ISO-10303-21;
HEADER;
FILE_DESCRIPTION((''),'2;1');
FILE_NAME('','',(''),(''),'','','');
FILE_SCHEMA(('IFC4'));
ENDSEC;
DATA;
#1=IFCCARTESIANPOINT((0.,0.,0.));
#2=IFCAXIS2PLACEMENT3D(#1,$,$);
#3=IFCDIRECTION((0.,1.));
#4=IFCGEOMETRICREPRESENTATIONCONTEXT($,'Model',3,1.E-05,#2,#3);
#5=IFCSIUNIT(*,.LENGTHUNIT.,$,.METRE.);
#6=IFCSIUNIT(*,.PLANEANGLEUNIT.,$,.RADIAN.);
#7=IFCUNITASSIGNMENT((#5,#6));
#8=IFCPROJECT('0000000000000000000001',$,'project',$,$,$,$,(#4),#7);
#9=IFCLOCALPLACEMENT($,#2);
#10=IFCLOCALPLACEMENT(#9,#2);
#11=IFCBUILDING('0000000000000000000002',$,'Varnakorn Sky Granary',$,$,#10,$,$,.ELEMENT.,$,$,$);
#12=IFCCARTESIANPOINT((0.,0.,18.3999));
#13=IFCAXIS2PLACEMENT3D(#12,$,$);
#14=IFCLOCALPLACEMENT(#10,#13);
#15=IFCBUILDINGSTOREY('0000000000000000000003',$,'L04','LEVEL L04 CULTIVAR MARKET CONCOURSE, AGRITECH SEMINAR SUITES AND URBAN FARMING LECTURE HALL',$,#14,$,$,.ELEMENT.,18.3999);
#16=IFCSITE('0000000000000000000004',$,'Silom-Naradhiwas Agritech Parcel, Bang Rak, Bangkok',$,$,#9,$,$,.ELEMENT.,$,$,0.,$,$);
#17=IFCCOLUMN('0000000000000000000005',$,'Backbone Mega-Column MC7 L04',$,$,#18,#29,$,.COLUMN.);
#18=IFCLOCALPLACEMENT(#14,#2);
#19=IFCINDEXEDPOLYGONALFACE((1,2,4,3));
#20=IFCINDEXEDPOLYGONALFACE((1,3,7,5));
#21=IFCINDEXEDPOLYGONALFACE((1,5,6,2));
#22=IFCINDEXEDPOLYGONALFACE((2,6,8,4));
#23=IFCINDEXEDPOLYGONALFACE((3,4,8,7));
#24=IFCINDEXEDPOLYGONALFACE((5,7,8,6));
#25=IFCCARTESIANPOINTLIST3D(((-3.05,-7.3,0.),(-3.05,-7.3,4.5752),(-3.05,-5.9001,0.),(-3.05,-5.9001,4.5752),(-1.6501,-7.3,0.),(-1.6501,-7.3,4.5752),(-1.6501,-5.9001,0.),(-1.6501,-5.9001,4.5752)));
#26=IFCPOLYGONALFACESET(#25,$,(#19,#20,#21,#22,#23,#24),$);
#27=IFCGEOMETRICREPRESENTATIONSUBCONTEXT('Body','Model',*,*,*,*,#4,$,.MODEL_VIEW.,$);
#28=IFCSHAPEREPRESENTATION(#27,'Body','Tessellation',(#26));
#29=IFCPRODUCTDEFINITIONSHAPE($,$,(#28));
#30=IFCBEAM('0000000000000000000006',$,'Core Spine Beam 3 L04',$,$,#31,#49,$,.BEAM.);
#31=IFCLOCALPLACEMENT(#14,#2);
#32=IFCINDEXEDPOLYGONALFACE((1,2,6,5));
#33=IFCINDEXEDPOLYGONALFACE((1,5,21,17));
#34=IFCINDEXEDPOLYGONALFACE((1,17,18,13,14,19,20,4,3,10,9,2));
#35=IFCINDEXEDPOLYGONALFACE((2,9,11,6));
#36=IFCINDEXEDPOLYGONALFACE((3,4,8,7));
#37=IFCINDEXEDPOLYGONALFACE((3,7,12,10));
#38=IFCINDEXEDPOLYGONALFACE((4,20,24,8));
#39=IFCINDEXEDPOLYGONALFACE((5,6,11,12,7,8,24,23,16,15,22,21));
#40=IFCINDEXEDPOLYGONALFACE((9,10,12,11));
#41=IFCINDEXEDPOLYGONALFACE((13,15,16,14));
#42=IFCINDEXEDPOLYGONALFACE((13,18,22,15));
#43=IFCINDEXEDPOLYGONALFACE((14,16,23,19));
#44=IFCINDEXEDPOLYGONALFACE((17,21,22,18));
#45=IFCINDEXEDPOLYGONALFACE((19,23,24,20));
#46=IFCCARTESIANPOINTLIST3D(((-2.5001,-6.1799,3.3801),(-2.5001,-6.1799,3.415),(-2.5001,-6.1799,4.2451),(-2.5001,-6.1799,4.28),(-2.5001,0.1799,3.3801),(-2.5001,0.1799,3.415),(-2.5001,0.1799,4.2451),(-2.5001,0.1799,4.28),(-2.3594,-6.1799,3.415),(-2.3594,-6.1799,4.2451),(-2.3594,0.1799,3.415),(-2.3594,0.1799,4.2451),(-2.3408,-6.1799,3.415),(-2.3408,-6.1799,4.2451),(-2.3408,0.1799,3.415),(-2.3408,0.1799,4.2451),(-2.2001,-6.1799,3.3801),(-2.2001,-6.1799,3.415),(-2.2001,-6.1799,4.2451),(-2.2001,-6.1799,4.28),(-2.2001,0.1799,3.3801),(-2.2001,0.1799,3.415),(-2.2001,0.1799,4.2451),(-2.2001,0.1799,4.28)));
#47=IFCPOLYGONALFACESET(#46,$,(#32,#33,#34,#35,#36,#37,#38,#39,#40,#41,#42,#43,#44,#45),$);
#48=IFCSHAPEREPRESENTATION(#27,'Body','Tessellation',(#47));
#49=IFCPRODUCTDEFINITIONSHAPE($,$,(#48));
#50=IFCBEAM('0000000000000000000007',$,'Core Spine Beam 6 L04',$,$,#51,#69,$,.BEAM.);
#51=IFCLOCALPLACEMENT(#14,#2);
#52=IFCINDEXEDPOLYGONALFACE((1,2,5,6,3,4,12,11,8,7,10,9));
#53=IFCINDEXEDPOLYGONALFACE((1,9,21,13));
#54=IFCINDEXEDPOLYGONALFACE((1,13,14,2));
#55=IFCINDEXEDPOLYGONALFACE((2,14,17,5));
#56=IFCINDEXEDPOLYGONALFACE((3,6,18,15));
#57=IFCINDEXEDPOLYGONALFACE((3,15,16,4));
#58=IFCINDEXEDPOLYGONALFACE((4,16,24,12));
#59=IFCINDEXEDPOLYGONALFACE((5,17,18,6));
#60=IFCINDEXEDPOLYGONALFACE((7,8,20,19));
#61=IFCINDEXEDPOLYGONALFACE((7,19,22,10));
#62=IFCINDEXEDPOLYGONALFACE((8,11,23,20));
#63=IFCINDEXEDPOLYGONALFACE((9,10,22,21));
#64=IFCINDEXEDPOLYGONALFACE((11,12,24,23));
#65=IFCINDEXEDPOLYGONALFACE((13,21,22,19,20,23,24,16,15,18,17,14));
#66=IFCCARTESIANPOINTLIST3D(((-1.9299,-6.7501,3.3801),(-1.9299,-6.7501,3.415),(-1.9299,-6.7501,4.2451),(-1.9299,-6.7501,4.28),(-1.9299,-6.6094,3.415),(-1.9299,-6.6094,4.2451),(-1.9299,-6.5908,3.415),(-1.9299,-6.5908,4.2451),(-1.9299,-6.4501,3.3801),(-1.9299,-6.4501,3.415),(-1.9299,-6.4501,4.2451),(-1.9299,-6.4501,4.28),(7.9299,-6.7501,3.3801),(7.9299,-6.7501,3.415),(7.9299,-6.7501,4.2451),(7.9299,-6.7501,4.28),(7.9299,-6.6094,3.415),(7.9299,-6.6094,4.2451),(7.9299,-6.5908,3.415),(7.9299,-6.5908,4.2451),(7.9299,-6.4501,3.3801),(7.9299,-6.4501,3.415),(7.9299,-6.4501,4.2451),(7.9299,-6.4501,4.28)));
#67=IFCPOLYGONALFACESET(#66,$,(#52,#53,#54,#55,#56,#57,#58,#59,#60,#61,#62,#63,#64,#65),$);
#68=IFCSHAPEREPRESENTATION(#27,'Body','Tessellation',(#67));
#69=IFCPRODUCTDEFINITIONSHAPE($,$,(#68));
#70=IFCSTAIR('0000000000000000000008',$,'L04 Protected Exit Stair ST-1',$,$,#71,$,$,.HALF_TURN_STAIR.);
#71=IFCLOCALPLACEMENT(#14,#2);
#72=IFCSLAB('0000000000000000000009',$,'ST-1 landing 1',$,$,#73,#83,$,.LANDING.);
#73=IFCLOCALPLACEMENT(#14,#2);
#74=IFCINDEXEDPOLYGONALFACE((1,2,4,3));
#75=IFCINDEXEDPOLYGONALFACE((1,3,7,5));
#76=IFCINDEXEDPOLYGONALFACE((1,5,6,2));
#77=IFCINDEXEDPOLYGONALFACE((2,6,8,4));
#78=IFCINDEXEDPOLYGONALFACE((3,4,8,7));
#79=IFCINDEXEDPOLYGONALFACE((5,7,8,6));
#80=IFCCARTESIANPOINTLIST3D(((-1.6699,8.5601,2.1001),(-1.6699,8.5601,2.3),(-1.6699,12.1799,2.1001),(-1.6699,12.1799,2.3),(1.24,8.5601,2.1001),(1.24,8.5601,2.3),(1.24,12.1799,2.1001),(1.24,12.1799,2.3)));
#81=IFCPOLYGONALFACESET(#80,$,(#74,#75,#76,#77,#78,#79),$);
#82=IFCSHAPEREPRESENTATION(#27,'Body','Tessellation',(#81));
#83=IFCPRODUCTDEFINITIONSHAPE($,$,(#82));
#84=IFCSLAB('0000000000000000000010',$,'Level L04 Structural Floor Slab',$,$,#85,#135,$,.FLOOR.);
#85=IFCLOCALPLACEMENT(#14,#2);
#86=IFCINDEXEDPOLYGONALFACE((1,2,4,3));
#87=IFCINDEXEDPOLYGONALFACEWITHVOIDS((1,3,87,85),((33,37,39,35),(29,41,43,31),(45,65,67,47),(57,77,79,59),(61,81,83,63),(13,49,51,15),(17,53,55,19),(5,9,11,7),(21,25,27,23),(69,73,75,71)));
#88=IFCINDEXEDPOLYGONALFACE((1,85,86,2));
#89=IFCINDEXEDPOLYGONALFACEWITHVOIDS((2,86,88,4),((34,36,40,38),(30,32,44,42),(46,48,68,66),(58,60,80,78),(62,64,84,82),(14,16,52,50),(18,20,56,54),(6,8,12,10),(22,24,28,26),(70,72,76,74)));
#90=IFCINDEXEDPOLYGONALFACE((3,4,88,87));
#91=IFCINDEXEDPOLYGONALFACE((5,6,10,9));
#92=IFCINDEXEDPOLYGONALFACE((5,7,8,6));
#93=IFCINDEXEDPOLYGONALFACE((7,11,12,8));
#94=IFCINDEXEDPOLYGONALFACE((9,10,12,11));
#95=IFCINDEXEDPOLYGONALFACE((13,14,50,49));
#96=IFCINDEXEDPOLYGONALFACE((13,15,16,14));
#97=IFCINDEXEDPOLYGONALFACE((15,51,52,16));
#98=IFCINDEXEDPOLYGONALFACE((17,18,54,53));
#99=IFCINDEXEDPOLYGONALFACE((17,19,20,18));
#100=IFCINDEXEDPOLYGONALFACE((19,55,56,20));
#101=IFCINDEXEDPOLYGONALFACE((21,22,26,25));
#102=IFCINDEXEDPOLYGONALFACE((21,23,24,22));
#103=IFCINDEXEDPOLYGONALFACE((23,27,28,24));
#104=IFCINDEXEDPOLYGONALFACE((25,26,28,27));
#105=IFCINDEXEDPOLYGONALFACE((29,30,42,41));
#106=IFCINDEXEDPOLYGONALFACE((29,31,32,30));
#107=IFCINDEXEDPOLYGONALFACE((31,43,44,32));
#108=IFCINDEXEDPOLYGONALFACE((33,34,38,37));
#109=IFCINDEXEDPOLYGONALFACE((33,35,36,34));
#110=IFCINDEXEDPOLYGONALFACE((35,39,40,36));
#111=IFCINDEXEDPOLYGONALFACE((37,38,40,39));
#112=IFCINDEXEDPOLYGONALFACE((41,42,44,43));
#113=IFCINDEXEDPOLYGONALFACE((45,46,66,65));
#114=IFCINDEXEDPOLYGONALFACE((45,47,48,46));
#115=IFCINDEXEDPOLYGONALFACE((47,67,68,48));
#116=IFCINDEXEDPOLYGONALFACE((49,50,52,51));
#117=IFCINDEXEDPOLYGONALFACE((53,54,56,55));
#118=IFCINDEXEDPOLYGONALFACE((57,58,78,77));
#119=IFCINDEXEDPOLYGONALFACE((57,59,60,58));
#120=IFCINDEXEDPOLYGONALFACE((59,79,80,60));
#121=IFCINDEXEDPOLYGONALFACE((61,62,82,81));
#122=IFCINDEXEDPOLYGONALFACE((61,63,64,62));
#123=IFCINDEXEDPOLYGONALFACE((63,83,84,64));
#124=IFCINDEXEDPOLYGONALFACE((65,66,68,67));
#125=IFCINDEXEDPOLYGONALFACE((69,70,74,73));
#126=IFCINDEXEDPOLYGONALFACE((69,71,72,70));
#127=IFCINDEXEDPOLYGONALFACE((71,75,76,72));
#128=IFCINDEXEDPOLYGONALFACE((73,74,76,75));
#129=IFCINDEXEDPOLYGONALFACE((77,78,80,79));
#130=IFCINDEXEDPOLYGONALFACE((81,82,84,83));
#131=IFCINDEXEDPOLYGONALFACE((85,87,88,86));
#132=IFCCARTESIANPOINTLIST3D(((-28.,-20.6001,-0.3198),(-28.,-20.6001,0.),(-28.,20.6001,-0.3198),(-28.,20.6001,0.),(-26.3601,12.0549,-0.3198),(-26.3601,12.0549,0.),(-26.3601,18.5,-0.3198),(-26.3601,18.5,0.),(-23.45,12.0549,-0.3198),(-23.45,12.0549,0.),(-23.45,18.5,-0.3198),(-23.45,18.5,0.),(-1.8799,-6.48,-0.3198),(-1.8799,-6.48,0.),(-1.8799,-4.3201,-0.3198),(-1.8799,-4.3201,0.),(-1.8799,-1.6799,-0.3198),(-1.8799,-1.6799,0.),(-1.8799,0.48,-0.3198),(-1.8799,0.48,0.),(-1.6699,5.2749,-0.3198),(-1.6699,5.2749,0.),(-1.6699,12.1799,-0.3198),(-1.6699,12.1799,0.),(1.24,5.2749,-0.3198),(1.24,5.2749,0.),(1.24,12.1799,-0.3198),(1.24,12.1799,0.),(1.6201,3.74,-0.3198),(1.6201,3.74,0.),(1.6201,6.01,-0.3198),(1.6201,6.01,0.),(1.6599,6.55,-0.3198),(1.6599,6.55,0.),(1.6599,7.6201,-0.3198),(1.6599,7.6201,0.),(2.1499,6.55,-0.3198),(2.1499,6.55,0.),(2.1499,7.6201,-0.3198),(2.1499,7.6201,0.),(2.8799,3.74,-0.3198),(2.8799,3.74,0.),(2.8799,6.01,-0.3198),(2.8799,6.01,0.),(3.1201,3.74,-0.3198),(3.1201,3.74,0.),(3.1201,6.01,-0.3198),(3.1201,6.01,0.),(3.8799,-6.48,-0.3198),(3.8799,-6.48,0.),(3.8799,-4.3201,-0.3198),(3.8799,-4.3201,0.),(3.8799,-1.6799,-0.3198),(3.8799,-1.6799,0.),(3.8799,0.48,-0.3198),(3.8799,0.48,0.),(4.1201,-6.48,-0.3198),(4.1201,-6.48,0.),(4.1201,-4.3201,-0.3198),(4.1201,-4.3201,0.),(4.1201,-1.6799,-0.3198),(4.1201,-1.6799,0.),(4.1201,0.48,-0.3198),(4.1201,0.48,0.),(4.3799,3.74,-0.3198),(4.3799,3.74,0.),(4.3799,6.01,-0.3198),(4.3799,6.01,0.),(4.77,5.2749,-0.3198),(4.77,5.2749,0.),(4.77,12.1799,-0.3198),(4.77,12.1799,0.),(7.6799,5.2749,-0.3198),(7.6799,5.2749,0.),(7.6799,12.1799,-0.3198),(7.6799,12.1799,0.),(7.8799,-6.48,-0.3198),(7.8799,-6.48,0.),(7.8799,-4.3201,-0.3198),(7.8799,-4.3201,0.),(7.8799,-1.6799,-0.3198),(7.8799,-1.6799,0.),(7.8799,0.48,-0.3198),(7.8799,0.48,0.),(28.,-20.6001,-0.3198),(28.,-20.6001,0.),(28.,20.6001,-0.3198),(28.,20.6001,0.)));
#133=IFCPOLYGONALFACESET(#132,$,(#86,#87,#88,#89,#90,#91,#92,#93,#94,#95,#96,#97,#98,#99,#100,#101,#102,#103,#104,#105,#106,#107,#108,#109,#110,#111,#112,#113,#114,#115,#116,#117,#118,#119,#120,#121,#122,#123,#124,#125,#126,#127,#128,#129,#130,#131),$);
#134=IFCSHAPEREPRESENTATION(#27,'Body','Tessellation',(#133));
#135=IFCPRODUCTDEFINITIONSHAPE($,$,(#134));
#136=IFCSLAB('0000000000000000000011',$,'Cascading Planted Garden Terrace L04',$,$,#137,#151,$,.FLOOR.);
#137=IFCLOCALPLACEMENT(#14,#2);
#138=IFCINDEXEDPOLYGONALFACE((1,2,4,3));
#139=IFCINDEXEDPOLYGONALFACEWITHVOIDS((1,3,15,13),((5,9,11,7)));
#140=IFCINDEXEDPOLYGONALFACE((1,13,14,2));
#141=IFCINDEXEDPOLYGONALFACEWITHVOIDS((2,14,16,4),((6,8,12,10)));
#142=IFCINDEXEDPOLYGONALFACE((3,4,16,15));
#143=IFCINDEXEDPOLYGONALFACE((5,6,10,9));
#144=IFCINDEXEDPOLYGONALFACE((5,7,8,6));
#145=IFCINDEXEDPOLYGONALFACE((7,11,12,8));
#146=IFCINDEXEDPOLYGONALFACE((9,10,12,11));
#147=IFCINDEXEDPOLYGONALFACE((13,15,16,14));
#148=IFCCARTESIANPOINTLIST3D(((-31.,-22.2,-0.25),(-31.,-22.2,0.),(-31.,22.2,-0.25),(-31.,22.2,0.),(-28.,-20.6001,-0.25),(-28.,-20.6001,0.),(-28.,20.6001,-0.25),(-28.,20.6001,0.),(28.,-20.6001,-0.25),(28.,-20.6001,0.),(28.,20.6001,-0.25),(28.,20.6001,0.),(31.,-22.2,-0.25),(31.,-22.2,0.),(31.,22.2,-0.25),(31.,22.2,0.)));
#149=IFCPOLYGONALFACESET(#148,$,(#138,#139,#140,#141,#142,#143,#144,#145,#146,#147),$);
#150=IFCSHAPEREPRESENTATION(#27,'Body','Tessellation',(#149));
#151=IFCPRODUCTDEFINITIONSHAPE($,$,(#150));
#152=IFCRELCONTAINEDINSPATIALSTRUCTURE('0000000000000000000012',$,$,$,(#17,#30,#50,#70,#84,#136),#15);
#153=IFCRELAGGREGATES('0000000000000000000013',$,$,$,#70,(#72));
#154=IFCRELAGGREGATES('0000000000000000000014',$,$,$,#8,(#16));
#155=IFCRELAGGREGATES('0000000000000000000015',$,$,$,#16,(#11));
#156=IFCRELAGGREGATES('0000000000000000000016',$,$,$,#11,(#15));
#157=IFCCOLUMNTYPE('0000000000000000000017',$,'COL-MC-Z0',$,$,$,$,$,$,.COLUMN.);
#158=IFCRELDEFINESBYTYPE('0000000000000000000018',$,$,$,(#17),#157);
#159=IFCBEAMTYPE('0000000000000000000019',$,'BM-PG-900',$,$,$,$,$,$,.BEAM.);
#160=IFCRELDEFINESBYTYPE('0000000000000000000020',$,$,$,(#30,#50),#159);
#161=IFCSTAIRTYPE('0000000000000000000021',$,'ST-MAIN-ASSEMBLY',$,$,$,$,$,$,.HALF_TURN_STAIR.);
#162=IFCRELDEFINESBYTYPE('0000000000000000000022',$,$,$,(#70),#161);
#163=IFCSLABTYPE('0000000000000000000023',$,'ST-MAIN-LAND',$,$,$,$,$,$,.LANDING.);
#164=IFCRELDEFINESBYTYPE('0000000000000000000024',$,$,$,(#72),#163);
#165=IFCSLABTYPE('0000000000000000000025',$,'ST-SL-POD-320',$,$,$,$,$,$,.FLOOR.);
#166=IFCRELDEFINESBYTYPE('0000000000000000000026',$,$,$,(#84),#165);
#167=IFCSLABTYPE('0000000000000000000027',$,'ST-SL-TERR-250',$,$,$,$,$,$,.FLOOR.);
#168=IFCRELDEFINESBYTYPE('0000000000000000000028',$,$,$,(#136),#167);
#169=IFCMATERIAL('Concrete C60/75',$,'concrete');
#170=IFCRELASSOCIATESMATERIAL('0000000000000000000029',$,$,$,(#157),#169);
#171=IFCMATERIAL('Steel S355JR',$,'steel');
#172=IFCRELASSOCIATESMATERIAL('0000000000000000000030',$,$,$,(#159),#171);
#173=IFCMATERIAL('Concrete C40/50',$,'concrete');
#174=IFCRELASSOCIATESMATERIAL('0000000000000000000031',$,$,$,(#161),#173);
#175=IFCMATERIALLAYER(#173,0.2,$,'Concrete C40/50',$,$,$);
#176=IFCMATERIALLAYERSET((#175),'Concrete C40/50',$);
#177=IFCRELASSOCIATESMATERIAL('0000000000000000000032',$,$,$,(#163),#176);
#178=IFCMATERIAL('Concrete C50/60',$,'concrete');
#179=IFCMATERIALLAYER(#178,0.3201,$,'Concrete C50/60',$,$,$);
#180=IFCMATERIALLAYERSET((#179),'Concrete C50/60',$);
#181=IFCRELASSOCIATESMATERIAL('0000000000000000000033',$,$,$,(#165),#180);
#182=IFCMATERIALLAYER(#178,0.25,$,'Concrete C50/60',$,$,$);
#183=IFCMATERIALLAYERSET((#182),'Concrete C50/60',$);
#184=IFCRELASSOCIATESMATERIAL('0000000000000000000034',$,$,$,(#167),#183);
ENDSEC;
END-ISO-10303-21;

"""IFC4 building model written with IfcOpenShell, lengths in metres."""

from ifc_helpers import new_model, si_unit, direction, frame, origin, origin_2d, place, context, subcontext, project, spatial, polyline, rectangle, i_section, outline, extrude, material, layer, layer_set, material_profile, profile_set, type_object, element, aggregate, save


model = new_model("IFC4")

# Units and contexts
model_context = context("Model", 3, precision=1e-05, world=origin(), true_north=direction((0.0, 1.0)))
body_context = subcontext(model_context, "Body", "Model", "MODEL_VIEW")
ifc_project = project(units=[si_unit("LENGTHUNIT", "METRE"), si_unit("PLANEANGLEUNIT", "RADIAN")], contexts=[model_context])

# Site, building, storey
site_placement = place(None, origin())
site = spatial("IfcSite", under=ifc_project, at=site_placement, Name="Silom-Naradhiwas Agritech Parcel, Bang Rak, Bangkok", CompositionType="ELEMENT", RefElevation=0.0)
building_placement = place(site_placement, origin())
building = spatial("IfcBuilding", under=site, at=building_placement, Name="Varnakorn Sky Granary", CompositionType="ELEMENT")
storey_placement = place(building_placement, frame((0.0, 0.0, 18.3999)))
storey = spatial("IfcBuildingStorey", under=building, at=storey_placement, Name="L04", Description="LEVEL L04 CULTIVAR MARKET CONCOURSE, AGRITECH SEMINAR SUITES AND URBAN FARMING LECTURE HALL", CompositionType="ELEMENT", Elevation=18.3999)

# Column
ifc_material_1 = material(Name="Concrete C60/75", Category="concrete")
ifc_material_profile_1 = material_profile(ifc_material_1, rectangle(XDim=1.3999, YDim=1.3999, at=origin_2d()), Name="RC 1400x1400")
ifc_profile_set_1 = profile_set([ifc_material_profile_1], Name="Concrete C60/75")
column_type = type_object("IfcColumnType", Name="COL-MC-Z0", PredefinedType="COLUMN", material=ifc_profile_set_1)
column_placement = place(storey_placement, frame((-2.3501, -6.6001, 0.0), z_axis=(0.0, 0.0, 1.0), x_axis=(1.0, 0.0, 0.0)))
element("IfcColumn", 1, at=column_placement, inside=storey, type_object=column_type, Name="Backbone Mega-Column MC7 L04", PredefinedType="COLUMN", context=body_context, shape_type="SweptSolid", body=[
    extrude(rectangle(XDim=1.3999, YDim=1.3999, at=origin_2d()), origin(), (0.0, 0.0, 1.0), 4.5752),
])

# Beams
ifc_material_2 = material(Name="Steel S355JR", Category="steel")
ifc_material_profile_2 = material_profile(ifc_material_2, i_section(OverallWidth=0.3, OverallDepth=0.8999, WebThickness=0.0186, FlangeThickness=0.0349, at=origin_2d()), Name="HE 900 B")
ifc_profile_set_2 = profile_set([ifc_material_profile_2], Name="Steel S355JR")
beam_type = type_object("IfcBeamType", Name="BM-PG-900", PredefinedType="BEAM", material=ifc_profile_set_2)
beam_1_placement = place(storey_placement, frame((-2.3501, 0.1799, 3.8301), z_axis=(0.0, -1.0, 0.0), x_axis=(1.0, 0.0, 0.0)))
element("IfcBeam", 2, at=beam_1_placement, inside=storey, type_object=beam_type, Name="Core Spine Beam 3 L04", PredefinedType="BEAM", context=body_context, shape_type="SweptSolid", body=[
    extrude(i_section(OverallWidth=0.3, OverallDepth=0.8999, WebThickness=0.0186, FlangeThickness=0.0349, at=origin_2d()), origin(), (0.0, 0.0, 1.0), 6.3599),
])
beam_2_placement = place(storey_placement, frame((-1.9299, -6.6001, 3.8301), z_axis=(1.0, 0.0, 0.0), x_axis=(0.0, 1.0, 0.0)))
element("IfcBeam", 3, at=beam_2_placement, inside=storey, type_object=beam_type, Name="Core Spine Beam 6 L04", PredefinedType="BEAM", context=body_context, shape_type="SweptSolid", body=[
    extrude(i_section(OverallWidth=0.3, OverallDepth=0.8999, WebThickness=0.0186, FlangeThickness=0.0349, at=origin_2d()), origin(), (0.0, 0.0, 1.0), 9.8599),
])

# Stair, slab
ifc_material_3 = material(Name="Concrete C40/50", Category="concrete")
stair_type = type_object("IfcStairType", Name="ST-MAIN-ASSEMBLY", PredefinedType="HALF_TURN_STAIR", material=ifc_material_3)
stair_placement = place(storey_placement, origin())
stair = element("IfcStair", 4, at=stair_placement, inside=storey, type_object=stair_type, Name="L04 Protected Exit Stair ST-1", PredefinedType="HALF_TURN_STAIR")
ifc_layer_1 = layer(ifc_material_3, 0.2, Name="Concrete C40/50")
ifc_layer_set_1 = layer_set([ifc_layer_1], Name="Concrete C40/50")
slab_type_1 = type_object("IfcSlabType", Name="ST-MAIN-LAND", PredefinedType="LANDING", material=ifc_layer_set_1)
slab_1_placement = place(storey_placement, frame((0.0, 0.0, 2.1001)))
slab_1 = element("IfcSlab", 5, at=slab_1_placement, type_object=slab_type_1, Name="ST-1 landing 1", PredefinedType="LANDING", context=body_context, shape_type="SweptSolid", body=[
    extrude(outline(polyline([(1.24, 8.5601), (1.24, 12.1799), (-1.6699, 12.1799), (-1.6699, 8.5601), (1.24, 8.5601)])), origin(), (0.0, 0.0, 1.0), 0.2),
])
aggregate(stair, [slab_1])

# Slabs
ifc_material_4 = material(Name="Concrete C50/60", Category="concrete")
ifc_layer_2 = layer(ifc_material_4, 0.3201, Name="Concrete C50/60")
ifc_layer_set_2 = layer_set([ifc_layer_2], Name="Concrete C50/60")
slab_type_2 = type_object("IfcSlabType", Name="ST-SL-POD-320", PredefinedType="FLOOR", material=ifc_layer_set_2)
slab_2_placement = place(storey_placement, frame((0.0, 0.0, -0.3198)))
element("IfcSlab", 6, at=slab_2_placement, inside=storey, type_object=slab_type_2, Name="Level L04 Structural Floor Slab", PredefinedType="FLOOR", context=body_context, shape_type="SweptSolid", body=[
    extrude(outline(polyline([(-28.0, -20.6001), (28.0, -20.6001), (28.0, 20.6001), (-28.0, 20.6001), (-28.0, -20.6001)]), holes=[polyline([(1.24, 5.2749), (1.24, 12.1799), (-1.6699, 12.1799), (-1.6699, 5.2749), (1.24, 5.2749)]), polyline([(7.6799, 5.2749), (7.6799, 12.1799), (4.77, 12.1799), (4.77, 5.2749), (7.6799, 5.2749)]), polyline([(-23.45, 12.0549), (-23.45, 18.5), (-26.3601, 18.5), (-26.3601, 12.0549), (-23.45, 12.0549)]), polyline([(1.6599, 6.55), (2.1499, 6.55), (2.1499, 7.6201), (1.6599, 7.6201), (1.6599, 6.55)]), polyline([(1.6201, 3.74), (2.8799, 3.74), (2.8799, 6.01), (1.6201, 6.01), (1.6201, 3.74)]), polyline([(3.1201, 3.74), (4.3799, 3.74), (4.3799, 6.01), (3.1201, 6.01), (3.1201, 3.74)]), polyline([(-1.8799, -1.6799), (3.8799, -1.6799), (3.8799, 0.48), (-1.8799, 0.48), (-1.8799, -1.6799)]), polyline([(4.1201, -1.6799), (7.8799, -1.6799), (7.8799, 0.48), (4.1201, 0.48), (4.1201, -1.6799)]), polyline([(-1.8799, -6.48), (3.8799, -6.48), (3.8799, -4.3201), (-1.8799, -4.3201), (-1.8799, -6.48)]), polyline([(4.1201, -6.48), (7.8799, -6.48), (7.8799, -4.3201), (4.1201, -4.3201), (4.1201, -6.48)])]), origin(), (0.0, 0.0, 1.0), 0.3198),
])
ifc_layer_3 = layer(ifc_material_4, 0.25, Name="Concrete C50/60")
ifc_layer_set_3 = layer_set([ifc_layer_3], Name="Concrete C50/60")
slab_type_3 = type_object("IfcSlabType", Name="ST-SL-TERR-250", PredefinedType="FLOOR", material=ifc_layer_set_3)
slab_3_placement = place(storey_placement, frame((0.0, 0.0, -0.25)))
element("IfcSlab", 7, at=slab_3_placement, inside=storey, type_object=slab_type_3, Name="Cascading Planted Garden Terrace L04", PredefinedType="FLOOR", context=body_context, shape_type="SweptSolid", body=[
    extrude(outline(polyline([(-31.0, -22.2), (31.0, -22.2), (31.0, 22.2), (-31.0, 22.2), (-31.0, -22.2)]), holes=[polyline([(-28.0, -20.6001), (28.0, -20.6001), (28.0, 20.6001), (-28.0, 20.6001), (-28.0, -20.6001)])]), origin(), (0.0, 0.0, 1.0), 0.25),
])

save(model, "model.ifc")
